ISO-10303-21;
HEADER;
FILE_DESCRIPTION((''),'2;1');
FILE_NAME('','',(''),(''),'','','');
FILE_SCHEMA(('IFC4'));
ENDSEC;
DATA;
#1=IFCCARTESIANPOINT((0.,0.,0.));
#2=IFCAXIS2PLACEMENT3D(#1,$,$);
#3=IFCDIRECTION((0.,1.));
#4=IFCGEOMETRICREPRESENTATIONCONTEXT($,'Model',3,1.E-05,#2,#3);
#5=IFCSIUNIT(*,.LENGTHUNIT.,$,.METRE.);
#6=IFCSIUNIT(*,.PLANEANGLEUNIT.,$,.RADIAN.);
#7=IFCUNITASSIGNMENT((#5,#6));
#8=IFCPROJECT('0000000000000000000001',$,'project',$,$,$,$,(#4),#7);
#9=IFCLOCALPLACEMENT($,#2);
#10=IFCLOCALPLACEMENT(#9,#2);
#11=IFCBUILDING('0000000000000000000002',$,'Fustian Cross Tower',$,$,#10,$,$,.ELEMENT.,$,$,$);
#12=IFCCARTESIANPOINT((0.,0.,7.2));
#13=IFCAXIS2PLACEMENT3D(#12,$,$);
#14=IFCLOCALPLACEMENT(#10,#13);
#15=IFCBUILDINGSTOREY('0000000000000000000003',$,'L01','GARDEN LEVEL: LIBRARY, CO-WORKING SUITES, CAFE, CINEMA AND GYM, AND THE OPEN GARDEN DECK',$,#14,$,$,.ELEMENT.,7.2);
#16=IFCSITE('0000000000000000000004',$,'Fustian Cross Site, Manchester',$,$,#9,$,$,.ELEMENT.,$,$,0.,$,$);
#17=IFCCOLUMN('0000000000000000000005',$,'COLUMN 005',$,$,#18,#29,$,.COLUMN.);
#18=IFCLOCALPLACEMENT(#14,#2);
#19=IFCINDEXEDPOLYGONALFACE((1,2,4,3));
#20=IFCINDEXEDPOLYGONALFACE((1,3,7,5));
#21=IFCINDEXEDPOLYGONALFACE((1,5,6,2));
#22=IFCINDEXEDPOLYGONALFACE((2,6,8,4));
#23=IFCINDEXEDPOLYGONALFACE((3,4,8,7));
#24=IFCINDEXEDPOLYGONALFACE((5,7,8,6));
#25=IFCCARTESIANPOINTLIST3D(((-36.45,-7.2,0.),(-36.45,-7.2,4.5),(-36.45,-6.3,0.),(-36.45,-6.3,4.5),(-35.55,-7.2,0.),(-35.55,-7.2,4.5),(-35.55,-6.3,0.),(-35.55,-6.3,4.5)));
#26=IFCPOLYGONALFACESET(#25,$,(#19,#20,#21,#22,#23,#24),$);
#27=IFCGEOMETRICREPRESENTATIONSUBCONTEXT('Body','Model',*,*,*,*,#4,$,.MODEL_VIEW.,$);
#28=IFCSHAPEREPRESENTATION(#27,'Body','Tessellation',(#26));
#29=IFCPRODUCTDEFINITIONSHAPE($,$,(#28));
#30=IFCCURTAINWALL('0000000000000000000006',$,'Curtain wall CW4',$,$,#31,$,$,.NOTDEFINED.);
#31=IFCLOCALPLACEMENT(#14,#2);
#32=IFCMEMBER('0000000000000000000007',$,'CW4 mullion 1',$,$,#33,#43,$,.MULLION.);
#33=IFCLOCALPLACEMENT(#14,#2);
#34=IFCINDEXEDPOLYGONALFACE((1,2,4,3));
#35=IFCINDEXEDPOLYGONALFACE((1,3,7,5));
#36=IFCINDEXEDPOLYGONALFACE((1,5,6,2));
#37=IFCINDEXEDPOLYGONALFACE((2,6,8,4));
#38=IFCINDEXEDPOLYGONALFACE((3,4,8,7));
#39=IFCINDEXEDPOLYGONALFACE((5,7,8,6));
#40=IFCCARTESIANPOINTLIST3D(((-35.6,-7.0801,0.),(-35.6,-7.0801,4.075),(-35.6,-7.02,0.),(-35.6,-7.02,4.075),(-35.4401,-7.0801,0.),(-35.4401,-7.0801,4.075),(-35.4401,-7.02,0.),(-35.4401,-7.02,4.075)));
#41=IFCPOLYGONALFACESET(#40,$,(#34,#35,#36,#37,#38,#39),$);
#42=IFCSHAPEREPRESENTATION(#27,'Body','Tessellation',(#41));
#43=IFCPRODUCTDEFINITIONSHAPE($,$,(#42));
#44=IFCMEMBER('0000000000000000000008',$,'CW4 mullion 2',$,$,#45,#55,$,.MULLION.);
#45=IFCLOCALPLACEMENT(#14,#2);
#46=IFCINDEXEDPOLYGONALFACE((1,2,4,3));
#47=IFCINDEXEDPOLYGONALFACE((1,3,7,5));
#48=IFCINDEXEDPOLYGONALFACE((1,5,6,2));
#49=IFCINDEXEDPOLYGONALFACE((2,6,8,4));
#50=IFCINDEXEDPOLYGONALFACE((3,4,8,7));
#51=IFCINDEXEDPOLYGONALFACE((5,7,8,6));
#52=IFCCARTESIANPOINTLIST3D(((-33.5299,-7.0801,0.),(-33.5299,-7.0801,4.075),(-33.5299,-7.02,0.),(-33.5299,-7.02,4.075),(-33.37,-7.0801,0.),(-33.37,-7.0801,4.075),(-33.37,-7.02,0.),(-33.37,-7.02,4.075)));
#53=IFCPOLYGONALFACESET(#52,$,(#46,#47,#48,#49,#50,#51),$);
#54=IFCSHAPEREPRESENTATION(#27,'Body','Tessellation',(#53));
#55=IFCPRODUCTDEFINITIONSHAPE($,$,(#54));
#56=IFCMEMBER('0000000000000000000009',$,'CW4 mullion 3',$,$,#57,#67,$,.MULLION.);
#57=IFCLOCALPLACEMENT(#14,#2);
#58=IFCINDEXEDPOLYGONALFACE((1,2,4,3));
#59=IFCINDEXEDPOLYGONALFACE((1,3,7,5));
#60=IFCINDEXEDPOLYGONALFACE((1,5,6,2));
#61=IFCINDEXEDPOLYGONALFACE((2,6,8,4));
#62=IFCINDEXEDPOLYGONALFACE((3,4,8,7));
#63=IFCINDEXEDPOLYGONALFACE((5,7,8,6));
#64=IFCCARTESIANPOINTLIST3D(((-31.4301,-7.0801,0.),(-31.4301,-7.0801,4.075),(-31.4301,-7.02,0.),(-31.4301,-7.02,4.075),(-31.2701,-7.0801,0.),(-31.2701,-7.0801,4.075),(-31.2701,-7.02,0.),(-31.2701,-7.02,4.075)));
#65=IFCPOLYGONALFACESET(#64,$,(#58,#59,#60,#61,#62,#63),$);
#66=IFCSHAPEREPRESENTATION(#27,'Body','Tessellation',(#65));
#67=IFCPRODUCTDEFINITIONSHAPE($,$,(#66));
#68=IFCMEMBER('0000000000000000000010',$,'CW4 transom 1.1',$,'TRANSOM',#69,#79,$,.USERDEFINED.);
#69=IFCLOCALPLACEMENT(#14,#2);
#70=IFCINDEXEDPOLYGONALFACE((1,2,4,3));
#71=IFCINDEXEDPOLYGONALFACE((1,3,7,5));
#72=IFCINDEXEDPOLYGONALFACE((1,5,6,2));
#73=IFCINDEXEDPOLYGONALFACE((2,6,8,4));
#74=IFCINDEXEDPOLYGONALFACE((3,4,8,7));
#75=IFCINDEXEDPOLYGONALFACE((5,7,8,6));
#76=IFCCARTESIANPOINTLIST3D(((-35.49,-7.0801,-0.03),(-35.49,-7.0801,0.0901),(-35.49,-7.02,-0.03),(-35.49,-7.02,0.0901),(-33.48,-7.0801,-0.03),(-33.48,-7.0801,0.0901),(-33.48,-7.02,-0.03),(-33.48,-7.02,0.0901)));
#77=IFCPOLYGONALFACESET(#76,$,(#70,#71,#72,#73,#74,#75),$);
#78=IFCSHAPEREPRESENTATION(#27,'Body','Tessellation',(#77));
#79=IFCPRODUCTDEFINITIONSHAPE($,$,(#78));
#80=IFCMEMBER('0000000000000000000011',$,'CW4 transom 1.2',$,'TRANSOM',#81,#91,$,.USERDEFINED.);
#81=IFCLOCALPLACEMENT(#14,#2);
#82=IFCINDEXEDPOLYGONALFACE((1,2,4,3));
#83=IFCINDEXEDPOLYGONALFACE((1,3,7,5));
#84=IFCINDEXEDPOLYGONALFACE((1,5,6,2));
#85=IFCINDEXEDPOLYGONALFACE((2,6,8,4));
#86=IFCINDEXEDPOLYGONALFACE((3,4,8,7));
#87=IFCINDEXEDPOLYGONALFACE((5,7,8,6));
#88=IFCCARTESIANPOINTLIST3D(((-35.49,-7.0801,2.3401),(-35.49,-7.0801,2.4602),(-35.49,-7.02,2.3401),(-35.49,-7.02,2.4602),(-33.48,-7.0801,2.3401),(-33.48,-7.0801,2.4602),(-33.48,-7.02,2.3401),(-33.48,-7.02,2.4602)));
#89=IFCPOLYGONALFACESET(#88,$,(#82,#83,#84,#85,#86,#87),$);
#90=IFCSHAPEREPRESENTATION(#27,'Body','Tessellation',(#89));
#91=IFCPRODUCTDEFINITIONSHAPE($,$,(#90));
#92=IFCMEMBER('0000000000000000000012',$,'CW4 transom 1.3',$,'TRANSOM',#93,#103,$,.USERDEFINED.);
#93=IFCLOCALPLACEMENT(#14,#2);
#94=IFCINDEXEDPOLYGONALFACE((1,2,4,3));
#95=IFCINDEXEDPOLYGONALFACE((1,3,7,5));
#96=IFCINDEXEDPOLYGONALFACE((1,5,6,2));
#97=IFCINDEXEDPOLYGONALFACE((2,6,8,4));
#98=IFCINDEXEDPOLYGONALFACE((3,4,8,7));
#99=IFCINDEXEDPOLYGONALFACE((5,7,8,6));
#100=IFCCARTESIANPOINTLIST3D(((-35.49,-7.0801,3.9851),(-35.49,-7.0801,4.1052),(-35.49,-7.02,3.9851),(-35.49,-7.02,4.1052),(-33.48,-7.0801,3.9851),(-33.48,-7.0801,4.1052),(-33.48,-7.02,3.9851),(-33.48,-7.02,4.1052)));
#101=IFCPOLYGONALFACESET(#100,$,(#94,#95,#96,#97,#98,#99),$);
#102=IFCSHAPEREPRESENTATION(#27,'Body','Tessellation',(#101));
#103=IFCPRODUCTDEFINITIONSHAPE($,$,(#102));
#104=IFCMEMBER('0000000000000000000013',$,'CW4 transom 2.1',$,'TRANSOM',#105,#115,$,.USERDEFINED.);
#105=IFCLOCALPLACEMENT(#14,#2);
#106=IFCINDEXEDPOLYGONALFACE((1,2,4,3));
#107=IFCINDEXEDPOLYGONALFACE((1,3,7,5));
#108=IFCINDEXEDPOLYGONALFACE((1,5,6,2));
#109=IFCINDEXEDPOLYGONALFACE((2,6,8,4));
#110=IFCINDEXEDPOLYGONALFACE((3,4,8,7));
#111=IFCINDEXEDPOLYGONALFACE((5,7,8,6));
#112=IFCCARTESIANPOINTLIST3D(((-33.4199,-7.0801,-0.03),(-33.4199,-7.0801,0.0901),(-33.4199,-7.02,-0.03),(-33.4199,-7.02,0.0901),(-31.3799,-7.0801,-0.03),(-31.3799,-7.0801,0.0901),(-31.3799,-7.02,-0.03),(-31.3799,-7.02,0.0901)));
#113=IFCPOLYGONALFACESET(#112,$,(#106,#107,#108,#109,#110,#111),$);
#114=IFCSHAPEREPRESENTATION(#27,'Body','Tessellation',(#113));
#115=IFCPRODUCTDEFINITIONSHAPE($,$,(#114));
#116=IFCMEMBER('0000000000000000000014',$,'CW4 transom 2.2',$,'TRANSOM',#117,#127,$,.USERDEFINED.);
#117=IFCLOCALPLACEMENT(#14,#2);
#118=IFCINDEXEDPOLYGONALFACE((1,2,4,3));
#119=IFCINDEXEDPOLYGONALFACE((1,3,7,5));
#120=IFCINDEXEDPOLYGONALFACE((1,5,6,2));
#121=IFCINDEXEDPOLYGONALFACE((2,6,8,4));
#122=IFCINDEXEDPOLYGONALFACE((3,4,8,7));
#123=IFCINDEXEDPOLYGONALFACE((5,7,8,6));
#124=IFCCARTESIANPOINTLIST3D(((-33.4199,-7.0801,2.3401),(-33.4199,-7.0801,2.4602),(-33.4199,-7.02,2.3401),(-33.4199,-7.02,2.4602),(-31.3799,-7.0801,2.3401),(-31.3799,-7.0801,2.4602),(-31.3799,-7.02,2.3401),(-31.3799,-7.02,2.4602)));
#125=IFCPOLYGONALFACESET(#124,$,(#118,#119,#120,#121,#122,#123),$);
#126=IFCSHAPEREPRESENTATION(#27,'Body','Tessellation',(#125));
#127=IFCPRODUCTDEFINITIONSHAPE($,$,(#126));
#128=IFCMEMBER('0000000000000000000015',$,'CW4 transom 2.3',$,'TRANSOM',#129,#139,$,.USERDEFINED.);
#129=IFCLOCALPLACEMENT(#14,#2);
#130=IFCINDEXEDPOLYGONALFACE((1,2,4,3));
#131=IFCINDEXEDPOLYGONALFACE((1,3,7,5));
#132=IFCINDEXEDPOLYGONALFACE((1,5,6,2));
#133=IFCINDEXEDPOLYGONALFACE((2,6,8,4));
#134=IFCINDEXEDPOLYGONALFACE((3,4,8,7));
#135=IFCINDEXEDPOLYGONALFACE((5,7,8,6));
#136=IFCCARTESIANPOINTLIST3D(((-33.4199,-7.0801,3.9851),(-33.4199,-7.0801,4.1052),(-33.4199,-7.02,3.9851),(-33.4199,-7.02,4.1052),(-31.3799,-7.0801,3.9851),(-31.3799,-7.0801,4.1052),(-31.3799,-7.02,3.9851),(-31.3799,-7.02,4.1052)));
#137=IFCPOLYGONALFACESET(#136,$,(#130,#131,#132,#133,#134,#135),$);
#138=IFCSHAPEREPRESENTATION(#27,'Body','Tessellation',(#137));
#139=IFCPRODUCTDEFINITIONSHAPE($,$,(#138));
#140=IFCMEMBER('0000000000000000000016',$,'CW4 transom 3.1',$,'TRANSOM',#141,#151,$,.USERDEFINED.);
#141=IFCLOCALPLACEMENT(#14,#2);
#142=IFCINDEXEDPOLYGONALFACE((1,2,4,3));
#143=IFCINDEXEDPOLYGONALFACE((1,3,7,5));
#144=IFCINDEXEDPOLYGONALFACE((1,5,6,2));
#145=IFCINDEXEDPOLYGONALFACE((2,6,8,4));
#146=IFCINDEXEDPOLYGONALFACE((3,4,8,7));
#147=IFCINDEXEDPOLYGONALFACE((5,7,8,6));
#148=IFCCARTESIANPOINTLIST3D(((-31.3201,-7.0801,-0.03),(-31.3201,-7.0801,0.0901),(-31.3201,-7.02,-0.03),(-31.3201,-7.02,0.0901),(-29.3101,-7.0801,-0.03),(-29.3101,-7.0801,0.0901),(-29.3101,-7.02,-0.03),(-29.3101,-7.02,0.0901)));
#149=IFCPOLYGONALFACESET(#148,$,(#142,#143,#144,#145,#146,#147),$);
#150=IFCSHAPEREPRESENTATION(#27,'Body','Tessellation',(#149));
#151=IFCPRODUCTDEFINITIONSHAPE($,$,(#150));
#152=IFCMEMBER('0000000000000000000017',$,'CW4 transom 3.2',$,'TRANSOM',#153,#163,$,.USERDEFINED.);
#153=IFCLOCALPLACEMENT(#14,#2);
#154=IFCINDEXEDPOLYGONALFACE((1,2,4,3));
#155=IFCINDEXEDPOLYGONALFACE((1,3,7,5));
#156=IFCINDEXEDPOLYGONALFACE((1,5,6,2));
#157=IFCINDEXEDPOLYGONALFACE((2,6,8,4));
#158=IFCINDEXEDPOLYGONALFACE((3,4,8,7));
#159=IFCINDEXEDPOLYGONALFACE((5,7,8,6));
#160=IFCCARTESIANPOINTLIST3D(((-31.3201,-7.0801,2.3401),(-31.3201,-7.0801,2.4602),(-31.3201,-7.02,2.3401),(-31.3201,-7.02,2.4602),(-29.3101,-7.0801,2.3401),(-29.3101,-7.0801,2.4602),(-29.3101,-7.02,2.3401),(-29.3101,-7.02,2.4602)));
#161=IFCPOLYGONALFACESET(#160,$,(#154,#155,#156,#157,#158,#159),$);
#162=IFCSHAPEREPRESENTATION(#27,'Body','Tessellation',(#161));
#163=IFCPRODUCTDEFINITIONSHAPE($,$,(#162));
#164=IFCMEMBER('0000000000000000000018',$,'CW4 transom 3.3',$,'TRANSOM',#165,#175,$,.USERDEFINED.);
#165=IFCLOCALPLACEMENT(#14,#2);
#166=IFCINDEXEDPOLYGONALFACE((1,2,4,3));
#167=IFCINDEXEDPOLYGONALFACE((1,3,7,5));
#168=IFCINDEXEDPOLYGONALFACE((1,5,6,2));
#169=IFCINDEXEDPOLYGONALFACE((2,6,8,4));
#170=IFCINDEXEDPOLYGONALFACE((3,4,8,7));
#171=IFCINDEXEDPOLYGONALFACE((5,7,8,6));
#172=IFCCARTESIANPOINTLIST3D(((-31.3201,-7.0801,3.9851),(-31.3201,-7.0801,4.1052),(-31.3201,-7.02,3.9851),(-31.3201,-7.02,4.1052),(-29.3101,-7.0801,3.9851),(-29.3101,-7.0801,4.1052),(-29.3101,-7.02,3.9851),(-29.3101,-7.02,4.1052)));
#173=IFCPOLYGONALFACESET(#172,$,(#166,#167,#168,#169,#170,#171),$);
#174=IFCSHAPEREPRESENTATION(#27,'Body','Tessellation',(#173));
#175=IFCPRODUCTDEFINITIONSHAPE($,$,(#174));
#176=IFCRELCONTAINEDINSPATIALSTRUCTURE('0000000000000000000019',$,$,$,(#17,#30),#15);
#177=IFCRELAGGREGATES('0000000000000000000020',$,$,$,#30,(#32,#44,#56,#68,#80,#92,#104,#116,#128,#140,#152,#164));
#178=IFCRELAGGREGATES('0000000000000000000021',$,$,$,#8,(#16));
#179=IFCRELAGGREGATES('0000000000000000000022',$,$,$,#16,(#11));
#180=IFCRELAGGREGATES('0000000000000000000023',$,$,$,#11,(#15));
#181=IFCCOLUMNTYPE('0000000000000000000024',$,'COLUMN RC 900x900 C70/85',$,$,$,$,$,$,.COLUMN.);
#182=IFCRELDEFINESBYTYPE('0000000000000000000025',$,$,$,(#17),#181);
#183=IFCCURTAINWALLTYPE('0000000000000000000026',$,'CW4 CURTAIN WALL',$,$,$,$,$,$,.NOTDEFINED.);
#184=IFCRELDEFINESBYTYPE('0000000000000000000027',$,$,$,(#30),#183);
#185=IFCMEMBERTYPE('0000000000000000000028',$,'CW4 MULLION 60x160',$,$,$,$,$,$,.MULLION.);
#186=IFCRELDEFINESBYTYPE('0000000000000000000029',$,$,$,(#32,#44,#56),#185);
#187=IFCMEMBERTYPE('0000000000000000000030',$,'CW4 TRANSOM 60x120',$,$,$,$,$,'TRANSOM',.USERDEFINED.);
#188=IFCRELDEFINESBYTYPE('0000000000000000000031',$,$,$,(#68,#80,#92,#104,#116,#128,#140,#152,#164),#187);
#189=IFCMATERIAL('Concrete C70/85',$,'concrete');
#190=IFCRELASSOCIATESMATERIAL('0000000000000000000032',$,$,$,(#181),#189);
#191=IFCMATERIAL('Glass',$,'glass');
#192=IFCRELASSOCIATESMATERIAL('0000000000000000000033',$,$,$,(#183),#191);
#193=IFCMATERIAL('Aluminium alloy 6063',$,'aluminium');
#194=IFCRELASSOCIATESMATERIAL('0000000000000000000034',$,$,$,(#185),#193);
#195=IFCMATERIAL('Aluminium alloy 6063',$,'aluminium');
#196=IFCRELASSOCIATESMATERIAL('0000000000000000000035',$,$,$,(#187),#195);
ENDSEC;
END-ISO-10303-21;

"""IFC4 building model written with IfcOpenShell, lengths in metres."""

from ifc_helpers import new_model, si_unit, direction, frame, origin, origin_2d, place, context, subcontext, project, spatial, rectangle, extrude, material, material_profile, profile_set, type_object, element, aggregate, save


model = new_model("IFC4")

# Units and contexts
model_context = context("Model", 3, precision=1e-05, world=origin(), true_north=direction((0.0, 1.0)))
body_context = subcontext(model_context, "Body", "Model", "MODEL_VIEW")
ifc_project = project(units=[si_unit("LENGTHUNIT", "METRE"), si_unit("PLANEANGLEUNIT", "RADIAN")], contexts=[model_context])

# Site, building, storey
site_placement = place(None, origin())
site = spatial("IfcSite", under=ifc_project, at=site_placement, Name="Fustian Cross Site, Manchester", CompositionType="ELEMENT", RefElevation=0.0)
building_placement = place(site_placement, origin())
building = spatial("IfcBuilding", under=site, at=building_placement, Name="Fustian Cross Tower", CompositionType="ELEMENT")
storey_placement = place(building_placement, frame((0.0, 0.0, 7.2)))
storey = spatial("IfcBuildingStorey", under=building, at=storey_placement, Name="L01", Description="GARDEN LEVEL: LIBRARY, CO-WORKING SUITES, CAFE, CINEMA AND GYM, AND THE OPEN GARDEN DECK", CompositionType="ELEMENT", Elevation=7.2)

# Column
ifc_material_1 = material(Name="Concrete C70/85", Category="concrete")
ifc_material_profile_1 = material_profile(ifc_material_1, rectangle(XDim=0.8999, YDim=0.8999, at=origin_2d()), Name="RC 900x900")
ifc_profile_set_1 = profile_set([ifc_material_profile_1], Name="Concrete C70/85")
column_type = type_object("IfcColumnType", Name="COLUMN RC 900x900 C70/85", PredefinedType="COLUMN", material=ifc_profile_set_1)
column_placement = place(storey_placement, frame((-36.0, -6.75, 0.0), z_axis=(0.0, 0.0, 1.0), x_axis=(1.0, 0.0, 0.0)))
element("IfcColumn", 1, at=column_placement, inside=storey, type_object=column_type, Name="COLUMN 005", PredefinedType="COLUMN", context=body_context, shape_type="SweptSolid", body=[
    extrude(rectangle(XDim=0.8999, YDim=0.8999, at=origin_2d()), origin(), (0.0, 0.0, 1.0), 4.5),
])

# Curtain wall, members
ifc_material_2 = material(Name="Glass", Category="glass")
curtain_wall_type = type_object("IfcCurtainWallType", Name="CW4 CURTAIN WALL", PredefinedType="NOTDEFINED", material=ifc_material_2)
curtain_wall_placement = place(storey_placement, origin())
curtain_wall = element("IfcCurtainWall", 2, at=curtain_wall_placement, inside=storey, type_object=curtain_wall_type, Name="Curtain wall CW4", PredefinedType="NOTDEFINED")
ifc_material_3 = material(Name="Aluminium alloy 6063", Category="aluminium")
ifc_material_profile_2 = material_profile(ifc_material_3, rectangle(XDim=0.0601, YDim=0.1599, at=origin_2d()), Name="CW4 MULLION 60x160")
ifc_profile_set_2 = profile_set([ifc_material_profile_2], Name="Aluminium alloy 6063")
member_type_1 = type_object("IfcMemberType", Name="CW4 MULLION 60x160", PredefinedType="MULLION", material=ifc_profile_set_2)
member_1_placement = place(storey_placement, frame((-35.52, -7.05, 0.0), z_axis=(0.0, 0.0, 1.0), x_axis=(0.0, 1.0, 0.0)))
member_1 = element("IfcMember", 3, at=member_1_placement, type_object=member_type_1, Name="CW4 mullion 1", PredefinedType="MULLION", context=body_context, shape_type="SweptSolid", body=[
    extrude(rectangle(XDim=0.0601, YDim=0.1599, at=origin_2d()), origin(), (0.0, 0.0, 1.0), 4.075),
])
member_2_placement = place(storey_placement, frame((-33.45, -7.05, 0.0), z_axis=(0.0, 0.0, 1.0), x_axis=(0.0, 1.0, 0.0)))
member_2 = element("IfcMember", 4, at=member_2_placement, type_object=member_type_1, Name="CW4 mullion 2", PredefinedType="MULLION", context=body_context, shape_type="SweptSolid", body=[
    extrude(rectangle(XDim=0.0601, YDim=0.1599, at=origin_2d()), origin(), (0.0, 0.0, 1.0), 4.075),
])
member_3_placement = place(storey_placement, frame((-31.3501, -7.05, 0.0), z_axis=(0.0, 0.0, 1.0), x_axis=(0.0, 1.0, 0.0)))
member_3 = element("IfcMember", 5, at=member_3_placement, type_object=member_type_1, Name="CW4 mullion 3", PredefinedType="MULLION", context=body_context, shape_type="SweptSolid", body=[
    extrude(rectangle(XDim=0.0601, YDim=0.1599, at=origin_2d()), origin(), (0.0, 0.0, 1.0), 4.075),
])
ifc_material_4 = material(Name="Aluminium alloy 6063", Category="aluminium")
ifc_material_profile_3 = material_profile(ifc_material_4, rectangle(XDim=0.0601, YDim=0.1201, at=origin_2d()), Name="CW4 TRANSOM 60x120")
ifc_profile_set_3 = profile_set([ifc_material_profile_3], Name="Aluminium alloy 6063")
member_type_2 = type_object("IfcMemberType", Name="CW4 TRANSOM 60x120", ElementType="TRANSOM", PredefinedType="USERDEFINED", material=ifc_profile_set_3)
member_4_placement = place(storey_placement, frame((-35.49, -7.05, 0.03), z_axis=(1.0, 0.0, 0.0), x_axis=(0.0, 1.0, 0.0)))
member_4 = element("IfcMember", 6, at=member_4_placement, type_object=member_type_2, Name="CW4 transom 1.1", ObjectType="TRANSOM", PredefinedType="USERDEFINED", context=body_context, shape_type="SweptSolid", body=[
    extrude(rectangle(XDim=0.0601, YDim=0.1201, at=origin_2d()), origin(), (0.0, 0.0, 1.0), 2.01),
])
member_5_placement = place(storey_placement, frame((-35.49, -7.05, 2.4001), z_axis=(1.0, 0.0, 0.0), x_axis=(0.0, 1.0, 0.0)))
member_5 = element("IfcMember", 7, at=member_5_placement, type_object=member_type_2, Name="CW4 transom 1.2", ObjectType="TRANSOM", PredefinedType="USERDEFINED", context=body_context, shape_type="SweptSolid", body=[
    extrude(rectangle(XDim=0.0601, YDim=0.1201, at=origin_2d()), origin(), (0.0, 0.0, 1.0), 2.01),
])
member_6_placement = place(storey_placement, frame((-35.49, -7.05, 4.0452), z_axis=(1.0, 0.0, 0.0), x_axis=(0.0, 1.0, 0.0)))
member_6 = element("IfcMember", 8, at=member_6_placement, type_object=member_type_2, Name="CW4 transom 1.3", ObjectType="TRANSOM", PredefinedType="USERDEFINED", context=body_context, shape_type="SweptSolid", body=[
    extrude(rectangle(XDim=0.0601, YDim=0.1201, at=origin_2d()), origin(), (0.0, 0.0, 1.0), 2.01),
])
member_7_placement = place(storey_placement, frame((-33.4199, -7.05, 0.03), z_axis=(1.0, 0.0, 0.0), x_axis=(0.0, 1.0, 0.0)))
member_7 = element("IfcMember", 9, at=member_7_placement, type_object=member_type_2, Name="CW4 transom 2.1", ObjectType="TRANSOM", PredefinedType="USERDEFINED", context=body_context, shape_type="SweptSolid", body=[
    extrude(rectangle(XDim=0.0601, YDim=0.1201, at=origin_2d()), origin(), (0.0, 0.0, 1.0), 2.04),
])
member_8_placement = place(storey_placement, frame((-33.4199, -7.05, 2.4001), z_axis=(1.0, 0.0, 0.0), x_axis=(0.0, 1.0, 0.0)))
member_8 = element("IfcMember", 10, at=member_8_placement, type_object=member_type_2, Name="CW4 transom 2.2", ObjectType="TRANSOM", PredefinedType="USERDEFINED", context=body_context, shape_type="SweptSolid", body=[
    extrude(rectangle(XDim=0.0601, YDim=0.1201, at=origin_2d()), origin(), (0.0, 0.0, 1.0), 2.04),
])
member_9_placement = place(storey_placement, frame((-33.4199, -7.05, 4.0452), z_axis=(1.0, 0.0, 0.0), x_axis=(0.0, 1.0, 0.0)))
member_9 = element("IfcMember", 11, at=member_9_placement, type_object=member_type_2, Name="CW4 transom 2.3", ObjectType="TRANSOM", PredefinedType="USERDEFINED", context=body_context, shape_type="SweptSolid", body=[
    extrude(rectangle(XDim=0.0601, YDim=0.1201, at=origin_2d()), origin(), (0.0, 0.0, 1.0), 2.04),
])
member_10_placement = place(storey_placement, frame((-31.3201, -7.05, 0.03), z_axis=(1.0, 0.0, 0.0), x_axis=(0.0, 1.0, 0.0)))
member_10 = element("IfcMember", 12, at=member_10_placement, type_object=member_type_2, Name="CW4 transom 3.1", ObjectType="TRANSOM", PredefinedType="USERDEFINED", context=body_context, shape_type="SweptSolid", body=[
    extrude(rectangle(XDim=0.0601, YDim=0.1201, at=origin_2d()), origin(), (0.0, 0.0, 1.0), 2.01),
])
member_11_placement = place(storey_placement, frame((-31.3201, -7.05, 2.4001), z_axis=(1.0, 0.0, 0.0), x_axis=(0.0, 1.0, 0.0)))
member_11 = element("IfcMember", 13, at=member_11_placement, type_object=member_type_2, Name="CW4 transom 3.2", ObjectType="TRANSOM", PredefinedType="USERDEFINED", context=body_context, shape_type="SweptSolid", body=[
    extrude(rectangle(XDim=0.0601, YDim=0.1201, at=origin_2d()), origin(), (0.0, 0.0, 1.0), 2.01),
])
member_12_placement = place(storey_placement, frame((-31.3201, -7.05, 4.0452), z_axis=(1.0, 0.0, 0.0), x_axis=(0.0, 1.0, 0.0)))
member_12 = element("IfcMember", 14, at=member_12_placement, type_object=member_type_2, Name="CW4 transom 3.3", ObjectType="TRANSOM", PredefinedType="USERDEFINED", context=body_context, shape_type="SweptSolid", body=[
    extrude(rectangle(XDim=0.0601, YDim=0.1201, at=origin_2d()), origin(), (0.0, 0.0, 1.0), 2.01),
])

aggregate(curtain_wall, [member_1, member_2, member_3, member_4, member_5, member_6, member_7, member_8, member_9, member_10, member_11, member_12])

save(model, "model.ifc")
